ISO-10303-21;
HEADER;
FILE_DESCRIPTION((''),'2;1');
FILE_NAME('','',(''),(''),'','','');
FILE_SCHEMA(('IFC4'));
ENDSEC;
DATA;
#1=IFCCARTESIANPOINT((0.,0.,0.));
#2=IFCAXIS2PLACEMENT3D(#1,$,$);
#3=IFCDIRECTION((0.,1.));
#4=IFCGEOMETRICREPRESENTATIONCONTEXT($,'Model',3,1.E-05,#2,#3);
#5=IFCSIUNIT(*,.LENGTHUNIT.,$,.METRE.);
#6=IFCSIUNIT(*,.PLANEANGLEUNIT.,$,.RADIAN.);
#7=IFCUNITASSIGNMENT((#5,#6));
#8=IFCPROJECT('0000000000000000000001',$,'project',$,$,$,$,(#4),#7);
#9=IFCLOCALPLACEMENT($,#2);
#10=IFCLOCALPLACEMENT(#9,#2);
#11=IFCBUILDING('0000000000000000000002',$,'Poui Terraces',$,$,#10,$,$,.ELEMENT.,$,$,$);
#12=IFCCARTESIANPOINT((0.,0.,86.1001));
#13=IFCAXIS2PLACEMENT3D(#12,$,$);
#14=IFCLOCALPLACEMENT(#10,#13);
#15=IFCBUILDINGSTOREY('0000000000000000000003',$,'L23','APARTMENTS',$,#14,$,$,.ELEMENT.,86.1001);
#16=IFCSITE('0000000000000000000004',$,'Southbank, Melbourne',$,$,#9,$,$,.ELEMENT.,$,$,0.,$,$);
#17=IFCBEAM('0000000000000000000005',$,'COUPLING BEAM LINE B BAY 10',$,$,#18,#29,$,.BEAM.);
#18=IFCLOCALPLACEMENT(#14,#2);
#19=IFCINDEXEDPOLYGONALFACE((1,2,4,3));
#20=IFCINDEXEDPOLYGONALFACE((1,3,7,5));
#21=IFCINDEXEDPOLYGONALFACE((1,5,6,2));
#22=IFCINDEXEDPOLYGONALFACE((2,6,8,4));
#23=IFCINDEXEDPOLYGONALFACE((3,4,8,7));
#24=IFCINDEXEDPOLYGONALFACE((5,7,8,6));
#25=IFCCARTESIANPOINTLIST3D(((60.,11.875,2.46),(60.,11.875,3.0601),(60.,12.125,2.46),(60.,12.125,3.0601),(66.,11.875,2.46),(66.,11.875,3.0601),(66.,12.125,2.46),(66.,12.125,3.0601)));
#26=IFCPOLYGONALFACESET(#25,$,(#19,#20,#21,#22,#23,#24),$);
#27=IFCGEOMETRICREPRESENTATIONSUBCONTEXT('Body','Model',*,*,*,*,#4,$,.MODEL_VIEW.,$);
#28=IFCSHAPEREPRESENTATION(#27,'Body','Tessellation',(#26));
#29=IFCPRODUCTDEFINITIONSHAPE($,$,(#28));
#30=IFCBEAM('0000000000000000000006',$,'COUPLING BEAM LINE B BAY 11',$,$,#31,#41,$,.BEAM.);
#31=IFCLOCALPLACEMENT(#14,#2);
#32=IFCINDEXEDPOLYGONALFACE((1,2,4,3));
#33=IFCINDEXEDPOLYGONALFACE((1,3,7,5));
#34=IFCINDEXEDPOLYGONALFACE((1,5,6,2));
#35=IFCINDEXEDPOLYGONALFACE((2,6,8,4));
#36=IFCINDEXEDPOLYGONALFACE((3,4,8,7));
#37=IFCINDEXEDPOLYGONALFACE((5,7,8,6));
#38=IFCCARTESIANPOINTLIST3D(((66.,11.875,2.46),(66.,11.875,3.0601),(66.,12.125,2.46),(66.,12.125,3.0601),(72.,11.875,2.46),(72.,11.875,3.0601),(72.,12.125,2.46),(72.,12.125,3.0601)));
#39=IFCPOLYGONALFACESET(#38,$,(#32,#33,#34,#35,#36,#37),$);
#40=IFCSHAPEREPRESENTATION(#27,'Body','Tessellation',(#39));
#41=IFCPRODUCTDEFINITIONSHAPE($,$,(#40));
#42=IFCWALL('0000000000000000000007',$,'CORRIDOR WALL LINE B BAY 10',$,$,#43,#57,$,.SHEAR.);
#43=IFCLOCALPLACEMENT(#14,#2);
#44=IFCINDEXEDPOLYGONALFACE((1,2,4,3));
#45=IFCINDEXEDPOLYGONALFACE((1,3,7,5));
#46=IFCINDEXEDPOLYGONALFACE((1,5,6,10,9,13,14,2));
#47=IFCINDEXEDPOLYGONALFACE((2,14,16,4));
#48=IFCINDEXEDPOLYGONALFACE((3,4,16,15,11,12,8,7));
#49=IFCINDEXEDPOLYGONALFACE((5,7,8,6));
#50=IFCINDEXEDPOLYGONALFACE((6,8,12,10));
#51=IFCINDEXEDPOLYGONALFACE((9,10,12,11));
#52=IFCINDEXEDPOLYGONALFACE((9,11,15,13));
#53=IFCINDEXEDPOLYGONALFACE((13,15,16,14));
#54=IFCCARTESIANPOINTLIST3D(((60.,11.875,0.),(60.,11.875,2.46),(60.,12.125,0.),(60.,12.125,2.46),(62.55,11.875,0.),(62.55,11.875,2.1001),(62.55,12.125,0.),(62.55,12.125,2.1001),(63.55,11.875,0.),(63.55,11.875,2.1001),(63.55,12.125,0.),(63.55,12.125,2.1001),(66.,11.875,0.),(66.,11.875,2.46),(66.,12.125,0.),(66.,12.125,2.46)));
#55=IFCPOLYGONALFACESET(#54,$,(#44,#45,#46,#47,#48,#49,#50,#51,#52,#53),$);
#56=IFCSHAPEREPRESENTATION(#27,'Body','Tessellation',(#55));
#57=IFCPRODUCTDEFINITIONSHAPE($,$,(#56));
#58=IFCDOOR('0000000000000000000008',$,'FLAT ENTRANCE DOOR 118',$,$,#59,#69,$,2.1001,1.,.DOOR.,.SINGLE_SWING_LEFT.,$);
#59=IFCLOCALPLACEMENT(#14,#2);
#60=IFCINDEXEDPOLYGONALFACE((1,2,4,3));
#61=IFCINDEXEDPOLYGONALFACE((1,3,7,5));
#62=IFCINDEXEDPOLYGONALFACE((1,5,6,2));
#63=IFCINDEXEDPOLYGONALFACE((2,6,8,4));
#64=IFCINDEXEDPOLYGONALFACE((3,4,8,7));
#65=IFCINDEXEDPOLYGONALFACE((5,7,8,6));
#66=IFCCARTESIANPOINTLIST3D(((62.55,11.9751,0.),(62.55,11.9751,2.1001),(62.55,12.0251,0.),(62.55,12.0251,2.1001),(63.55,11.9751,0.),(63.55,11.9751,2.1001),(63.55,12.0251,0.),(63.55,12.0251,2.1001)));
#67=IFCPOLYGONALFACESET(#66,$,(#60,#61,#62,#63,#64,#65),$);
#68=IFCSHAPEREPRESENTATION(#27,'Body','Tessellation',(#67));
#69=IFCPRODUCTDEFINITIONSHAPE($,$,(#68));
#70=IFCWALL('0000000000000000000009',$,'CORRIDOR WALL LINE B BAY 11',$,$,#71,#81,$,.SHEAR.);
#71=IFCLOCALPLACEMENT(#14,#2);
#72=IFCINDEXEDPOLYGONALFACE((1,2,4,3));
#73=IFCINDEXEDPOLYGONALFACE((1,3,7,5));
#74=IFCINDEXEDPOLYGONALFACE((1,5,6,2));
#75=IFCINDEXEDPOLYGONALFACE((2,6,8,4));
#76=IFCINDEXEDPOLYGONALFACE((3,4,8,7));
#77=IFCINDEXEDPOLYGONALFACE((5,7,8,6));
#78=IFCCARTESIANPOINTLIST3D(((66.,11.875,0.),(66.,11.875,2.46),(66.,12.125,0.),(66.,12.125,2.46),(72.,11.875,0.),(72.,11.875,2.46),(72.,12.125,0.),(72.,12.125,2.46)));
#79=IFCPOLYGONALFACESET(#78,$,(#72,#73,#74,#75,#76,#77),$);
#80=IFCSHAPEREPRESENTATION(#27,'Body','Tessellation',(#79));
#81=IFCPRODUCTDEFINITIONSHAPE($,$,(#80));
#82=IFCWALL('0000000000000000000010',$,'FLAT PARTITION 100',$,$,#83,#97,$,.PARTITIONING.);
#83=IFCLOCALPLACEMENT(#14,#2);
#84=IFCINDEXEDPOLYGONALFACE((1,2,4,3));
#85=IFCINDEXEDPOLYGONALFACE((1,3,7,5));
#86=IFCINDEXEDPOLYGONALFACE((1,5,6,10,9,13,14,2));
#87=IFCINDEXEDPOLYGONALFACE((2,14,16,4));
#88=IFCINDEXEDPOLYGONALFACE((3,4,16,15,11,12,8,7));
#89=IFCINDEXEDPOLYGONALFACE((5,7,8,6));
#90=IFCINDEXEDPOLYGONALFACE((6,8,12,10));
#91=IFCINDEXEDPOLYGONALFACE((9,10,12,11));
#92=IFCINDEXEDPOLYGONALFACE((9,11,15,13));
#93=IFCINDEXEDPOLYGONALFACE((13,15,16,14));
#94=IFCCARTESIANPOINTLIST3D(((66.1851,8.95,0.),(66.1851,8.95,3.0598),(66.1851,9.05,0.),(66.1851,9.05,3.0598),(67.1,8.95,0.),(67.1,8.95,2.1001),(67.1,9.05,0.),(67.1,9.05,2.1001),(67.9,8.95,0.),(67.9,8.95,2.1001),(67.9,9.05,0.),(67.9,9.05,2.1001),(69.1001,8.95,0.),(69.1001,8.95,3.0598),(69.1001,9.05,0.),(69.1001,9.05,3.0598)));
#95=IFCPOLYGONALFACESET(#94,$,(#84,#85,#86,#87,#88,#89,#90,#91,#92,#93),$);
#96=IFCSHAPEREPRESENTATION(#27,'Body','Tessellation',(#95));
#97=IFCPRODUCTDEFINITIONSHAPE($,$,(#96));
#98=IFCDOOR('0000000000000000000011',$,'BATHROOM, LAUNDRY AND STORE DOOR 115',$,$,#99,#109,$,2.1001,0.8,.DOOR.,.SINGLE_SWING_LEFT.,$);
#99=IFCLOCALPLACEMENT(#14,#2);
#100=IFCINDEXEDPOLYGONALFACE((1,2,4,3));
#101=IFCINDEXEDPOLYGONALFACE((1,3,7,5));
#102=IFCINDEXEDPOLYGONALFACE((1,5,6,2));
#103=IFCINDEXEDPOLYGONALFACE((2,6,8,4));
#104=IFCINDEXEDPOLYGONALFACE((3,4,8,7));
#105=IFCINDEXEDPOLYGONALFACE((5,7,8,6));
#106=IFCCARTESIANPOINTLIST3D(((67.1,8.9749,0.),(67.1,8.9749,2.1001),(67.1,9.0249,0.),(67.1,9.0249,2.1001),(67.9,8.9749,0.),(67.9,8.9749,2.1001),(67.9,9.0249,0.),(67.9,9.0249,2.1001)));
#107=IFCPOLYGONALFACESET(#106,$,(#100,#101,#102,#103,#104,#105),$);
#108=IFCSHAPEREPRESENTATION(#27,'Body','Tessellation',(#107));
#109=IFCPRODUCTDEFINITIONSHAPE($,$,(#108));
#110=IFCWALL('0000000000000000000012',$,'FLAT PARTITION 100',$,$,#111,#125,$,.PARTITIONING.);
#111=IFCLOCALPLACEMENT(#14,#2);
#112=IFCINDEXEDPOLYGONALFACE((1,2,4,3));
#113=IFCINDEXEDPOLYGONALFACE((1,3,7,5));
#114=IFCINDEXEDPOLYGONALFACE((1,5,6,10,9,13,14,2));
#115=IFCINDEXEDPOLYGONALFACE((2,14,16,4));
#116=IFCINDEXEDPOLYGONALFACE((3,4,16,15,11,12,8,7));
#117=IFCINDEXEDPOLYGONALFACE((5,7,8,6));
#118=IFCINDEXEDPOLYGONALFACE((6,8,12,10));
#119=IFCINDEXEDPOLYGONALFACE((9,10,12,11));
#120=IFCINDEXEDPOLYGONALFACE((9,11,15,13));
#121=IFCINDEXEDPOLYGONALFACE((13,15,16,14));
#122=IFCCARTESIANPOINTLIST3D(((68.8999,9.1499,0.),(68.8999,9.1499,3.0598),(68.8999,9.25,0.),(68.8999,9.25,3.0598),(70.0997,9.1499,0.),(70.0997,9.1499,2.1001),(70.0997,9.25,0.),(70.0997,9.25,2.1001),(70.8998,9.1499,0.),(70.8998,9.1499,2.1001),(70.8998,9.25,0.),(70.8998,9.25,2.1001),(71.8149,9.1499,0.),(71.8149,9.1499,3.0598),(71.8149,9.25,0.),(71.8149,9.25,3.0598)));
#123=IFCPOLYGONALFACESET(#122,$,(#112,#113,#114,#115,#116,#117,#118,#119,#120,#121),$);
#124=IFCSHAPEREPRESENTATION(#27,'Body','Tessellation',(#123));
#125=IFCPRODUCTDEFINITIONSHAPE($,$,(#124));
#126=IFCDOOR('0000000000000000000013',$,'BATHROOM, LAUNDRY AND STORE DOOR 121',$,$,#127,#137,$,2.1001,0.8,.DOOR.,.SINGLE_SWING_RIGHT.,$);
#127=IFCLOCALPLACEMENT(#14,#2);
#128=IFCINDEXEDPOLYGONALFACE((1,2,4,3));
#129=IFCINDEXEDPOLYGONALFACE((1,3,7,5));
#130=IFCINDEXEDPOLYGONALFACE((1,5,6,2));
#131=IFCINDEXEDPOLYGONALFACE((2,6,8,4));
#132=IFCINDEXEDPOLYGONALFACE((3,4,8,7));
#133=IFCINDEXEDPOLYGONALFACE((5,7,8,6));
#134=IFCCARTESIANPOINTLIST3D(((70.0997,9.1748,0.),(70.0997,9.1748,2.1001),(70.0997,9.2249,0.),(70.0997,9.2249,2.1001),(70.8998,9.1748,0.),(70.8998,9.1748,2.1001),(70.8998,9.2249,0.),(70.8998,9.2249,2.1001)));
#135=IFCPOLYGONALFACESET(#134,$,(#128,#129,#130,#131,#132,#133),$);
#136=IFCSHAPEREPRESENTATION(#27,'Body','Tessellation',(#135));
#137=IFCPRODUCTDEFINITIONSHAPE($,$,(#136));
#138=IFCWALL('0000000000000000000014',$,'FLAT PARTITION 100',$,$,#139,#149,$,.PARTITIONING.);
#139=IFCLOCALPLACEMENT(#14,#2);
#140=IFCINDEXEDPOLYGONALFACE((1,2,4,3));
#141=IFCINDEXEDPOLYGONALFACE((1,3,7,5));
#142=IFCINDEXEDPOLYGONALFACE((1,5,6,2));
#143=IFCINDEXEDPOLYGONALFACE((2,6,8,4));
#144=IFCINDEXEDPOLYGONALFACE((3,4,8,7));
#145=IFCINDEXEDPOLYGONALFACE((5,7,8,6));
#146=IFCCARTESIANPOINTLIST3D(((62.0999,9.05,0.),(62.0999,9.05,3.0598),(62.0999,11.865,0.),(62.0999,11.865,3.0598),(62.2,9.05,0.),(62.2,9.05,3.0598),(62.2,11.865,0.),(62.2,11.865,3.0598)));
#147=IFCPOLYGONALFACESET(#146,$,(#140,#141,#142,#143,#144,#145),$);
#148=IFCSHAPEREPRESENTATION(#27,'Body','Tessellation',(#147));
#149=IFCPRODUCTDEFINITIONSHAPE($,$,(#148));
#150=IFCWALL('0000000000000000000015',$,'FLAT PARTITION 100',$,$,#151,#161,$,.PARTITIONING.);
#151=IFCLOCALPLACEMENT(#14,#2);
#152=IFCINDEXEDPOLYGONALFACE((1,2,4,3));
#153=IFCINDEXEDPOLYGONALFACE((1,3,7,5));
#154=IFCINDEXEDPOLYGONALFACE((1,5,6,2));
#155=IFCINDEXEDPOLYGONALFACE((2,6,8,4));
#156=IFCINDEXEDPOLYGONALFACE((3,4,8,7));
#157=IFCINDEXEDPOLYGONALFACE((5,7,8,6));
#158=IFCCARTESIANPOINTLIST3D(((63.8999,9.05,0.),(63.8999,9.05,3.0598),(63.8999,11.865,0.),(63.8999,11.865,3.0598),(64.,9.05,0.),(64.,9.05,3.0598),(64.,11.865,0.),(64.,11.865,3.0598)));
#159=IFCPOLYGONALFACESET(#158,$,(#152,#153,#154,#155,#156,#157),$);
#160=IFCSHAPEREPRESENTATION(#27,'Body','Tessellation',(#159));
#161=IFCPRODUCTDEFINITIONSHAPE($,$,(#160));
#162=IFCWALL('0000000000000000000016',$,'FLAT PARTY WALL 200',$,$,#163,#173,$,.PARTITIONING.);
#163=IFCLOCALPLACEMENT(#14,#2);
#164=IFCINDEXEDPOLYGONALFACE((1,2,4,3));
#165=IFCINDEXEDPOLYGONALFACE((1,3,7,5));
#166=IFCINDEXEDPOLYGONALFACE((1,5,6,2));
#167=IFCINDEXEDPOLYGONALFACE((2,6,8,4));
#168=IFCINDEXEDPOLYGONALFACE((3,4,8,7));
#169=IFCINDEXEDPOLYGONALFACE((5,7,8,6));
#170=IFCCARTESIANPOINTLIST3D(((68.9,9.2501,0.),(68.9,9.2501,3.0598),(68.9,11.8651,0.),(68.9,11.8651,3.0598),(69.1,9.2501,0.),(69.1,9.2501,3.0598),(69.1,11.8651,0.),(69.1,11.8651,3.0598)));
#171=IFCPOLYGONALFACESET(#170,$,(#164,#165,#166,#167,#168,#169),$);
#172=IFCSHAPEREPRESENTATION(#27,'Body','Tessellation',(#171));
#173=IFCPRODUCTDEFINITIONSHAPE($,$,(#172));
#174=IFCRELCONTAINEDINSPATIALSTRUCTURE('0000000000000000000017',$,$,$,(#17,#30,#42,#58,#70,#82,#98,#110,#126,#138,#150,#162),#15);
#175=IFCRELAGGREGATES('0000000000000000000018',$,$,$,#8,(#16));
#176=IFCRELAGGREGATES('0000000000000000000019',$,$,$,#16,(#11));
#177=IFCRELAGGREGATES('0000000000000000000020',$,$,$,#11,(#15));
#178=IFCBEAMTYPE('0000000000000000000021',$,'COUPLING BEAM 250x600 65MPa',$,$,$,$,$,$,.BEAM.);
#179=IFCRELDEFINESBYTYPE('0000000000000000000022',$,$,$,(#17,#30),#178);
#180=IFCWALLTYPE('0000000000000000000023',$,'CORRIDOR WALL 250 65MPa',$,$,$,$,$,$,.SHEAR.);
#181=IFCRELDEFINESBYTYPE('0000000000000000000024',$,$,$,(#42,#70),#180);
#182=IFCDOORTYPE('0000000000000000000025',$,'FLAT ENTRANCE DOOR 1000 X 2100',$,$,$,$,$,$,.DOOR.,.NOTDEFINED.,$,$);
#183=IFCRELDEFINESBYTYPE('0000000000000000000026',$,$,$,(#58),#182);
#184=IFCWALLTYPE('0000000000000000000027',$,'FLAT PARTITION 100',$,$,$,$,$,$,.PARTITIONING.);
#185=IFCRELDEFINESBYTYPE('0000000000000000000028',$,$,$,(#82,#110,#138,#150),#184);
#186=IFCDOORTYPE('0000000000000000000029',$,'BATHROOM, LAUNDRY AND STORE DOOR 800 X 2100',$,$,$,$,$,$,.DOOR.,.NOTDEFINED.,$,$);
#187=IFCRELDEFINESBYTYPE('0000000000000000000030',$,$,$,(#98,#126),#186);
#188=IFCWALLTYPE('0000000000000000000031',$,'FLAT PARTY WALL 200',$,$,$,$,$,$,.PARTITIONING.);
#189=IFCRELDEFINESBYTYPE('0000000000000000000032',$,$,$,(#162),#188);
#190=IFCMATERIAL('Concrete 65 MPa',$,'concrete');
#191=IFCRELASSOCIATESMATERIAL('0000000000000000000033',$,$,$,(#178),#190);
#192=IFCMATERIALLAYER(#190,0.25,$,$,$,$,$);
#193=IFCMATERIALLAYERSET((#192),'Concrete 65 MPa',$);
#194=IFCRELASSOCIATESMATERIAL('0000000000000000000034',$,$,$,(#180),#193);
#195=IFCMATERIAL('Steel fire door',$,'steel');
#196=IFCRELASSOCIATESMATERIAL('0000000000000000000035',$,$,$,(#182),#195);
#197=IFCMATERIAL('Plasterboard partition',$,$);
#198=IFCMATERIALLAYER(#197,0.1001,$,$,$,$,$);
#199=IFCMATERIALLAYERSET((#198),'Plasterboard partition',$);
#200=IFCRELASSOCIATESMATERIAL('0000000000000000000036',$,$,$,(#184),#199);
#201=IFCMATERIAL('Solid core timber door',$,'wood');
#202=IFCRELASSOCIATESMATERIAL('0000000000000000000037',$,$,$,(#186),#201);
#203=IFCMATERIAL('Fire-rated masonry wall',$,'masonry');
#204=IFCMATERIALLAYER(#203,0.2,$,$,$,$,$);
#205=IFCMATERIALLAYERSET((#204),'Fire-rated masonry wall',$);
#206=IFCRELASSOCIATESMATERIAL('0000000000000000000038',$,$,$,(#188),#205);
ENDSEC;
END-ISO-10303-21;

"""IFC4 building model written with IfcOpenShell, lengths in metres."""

from ifc_helpers import new_model, si_unit, direction, frame, frame_2d, origin, origin_2d, place, context, subcontext, project, spatial, rectangle, extrude, source, transform, mapped, material, layer, layer_set, material_profile, profile_set, type_object, element, fill, save


model = new_model("IFC4")

# Units and contexts
model_context = context("Model", 3, precision=1e-05, world=origin(), true_north=direction((0.0, 1.0)))
body_context = subcontext(model_context, "Body", "Model", "MODEL_VIEW")
ifc_project = project(units=[si_unit("LENGTHUNIT", "METRE"), si_unit("PLANEANGLEUNIT", "RADIAN")], contexts=[model_context])

# Site, building, storey
site_placement = place(None, origin())
site = spatial("IfcSite", under=ifc_project, at=site_placement, Name="Southbank, Melbourne", CompositionType="ELEMENT", RefElevation=0.0)
building_placement = place(site_placement, origin())
building = spatial("IfcBuilding", under=site, at=building_placement, Name="Poui Terraces", CompositionType="ELEMENT")
storey_placement = place(building_placement, frame((0.0, 0.0, 86.1001)))
storey = spatial("IfcBuildingStorey", under=building, at=storey_placement, Name="L23", Description="APARTMENTS", CompositionType="ELEMENT", Elevation=86.1001)

# Beams
ifc_material_1 = material(Name="Concrete 65 MPa", Category="concrete")
ifc_material_profile = material_profile(ifc_material_1, rectangle(XDim=0.25, YDim=0.6001, at=origin_2d()), Name="RC 250x600")
ifc_profile_set = profile_set([ifc_material_profile], Name="Concrete 65 MPa")
beam_type = type_object("IfcBeamType", Name="COUPLING BEAM 250x600 65MPa", PredefinedType="BEAM", material=ifc_profile_set)
shared_shape = source(origin(), body_context, "Body", "SweptSolid", [
    extrude(rectangle(XDim=0.25, YDim=0.6001, at=origin_2d()), origin(), (0.0, 0.0, 1.0), 6.0),
])
for number, where, z_axis, x_axis, name in (
    (1, (60.0, 12.0, 2.76), (1.0, 0.0, 0.0), (0.0, 1.0, 0.0), "COUPLING BEAM LINE B BAY 10"),
    (2, (66.0, 12.0, 2.76), (1.0, 0.0, 0.0), (0.0, 1.0, 0.0), "COUPLING BEAM LINE B BAY 11"),
):
    element("IfcBeam", number, at=place(storey_placement, frame(where, z_axis=z_axis, x_axis=x_axis)), inside=storey, type_object=beam_type, Name=name, PredefinedType="BEAM", context=body_context, shape_type="MappedRepresentation", body=[
        mapped(shared_shape, transform((0.0, 0.0, 0.0))),
    ])

# Wall, opening, door
ifc_layer_1 = layer(ifc_material_1, 0.25)
ifc_layer_set_1 = layer_set([ifc_layer_1], Name="Concrete 65 MPa")
wall_type_1 = type_object("IfcWallType", Name="CORRIDOR WALL 250 65MPa", PredefinedType="SHEAR", material=ifc_layer_set_1)
wall_1_placement = place(storey_placement, frame((60.0, 12.0, 0.0), z_axis=(0.0, 0.0, 1.0), x_axis=(1.0, 0.0, 0.0)))
wall_1 = element("IfcWall", 3, at=wall_1_placement, inside=storey, type_object=wall_type_1, Name="CORRIDOR WALL LINE B BAY 10", PredefinedType="SHEAR", context=body_context, shape_type="SweptSolid", body=[
    extrude(rectangle(XDim=6.0, YDim=0.25, at=frame_2d((3.0, 0.0))), origin(), (0.0, 0.0, 1.0), 2.46),
])
opening_1_placement = place(wall_1_placement, frame((2.55, 0.0, 0.0)))
opening_1 = element("IfcOpeningElement", 4, at=opening_1_placement, cuts=wall_1, PredefinedType="OPENING", context=body_context, shape_type="SweptSolid", body=[
    extrude(rectangle(XDim=1.0, YDim=2.1001, at=frame_2d((0.5, 1.05))), frame((0.0, 0.135, 0.0), z_axis=(0.0, -1.0, 0.0), x_axis=(1.0, 0.0, 0.0)), (0.0, 0.0, 1.0), 0.27),
])
ifc_material_2 = material(Name="Steel fire door", Category="steel")
door_type_1 = type_object("IfcDoorType", Name="FLAT ENTRANCE DOOR 1000 X 2100", OperationType="NOTDEFINED", PredefinedType="DOOR", material=ifc_material_2)
door_1_placement = place(opening_1_placement, frame((1.0, 0.0, 0.0), z_axis=(0.0, 0.0, 1.0), x_axis=(-1.0, 0.0, 0.0)))
door_1 = element("IfcDoor", 5, at=door_1_placement, inside=storey, type_object=door_type_1, Name="FLAT ENTRANCE DOOR 118", OperationType="SINGLE_SWING_LEFT", OverallHeight=2.1001, OverallWidth=1.0, PredefinedType="DOOR", context=body_context, shape_type="SweptSolid", body=[
    extrude(rectangle(XDim=1.0, YDim=2.1001, at=frame_2d((0.5, 1.05))), frame((0.0, 0.0249, 0.0), z_axis=(0.0, -1.0, 0.0), x_axis=(1.0, 0.0, 0.0)), (0.0, 0.0, 1.0), 0.05),
])
fill(opening_1, door_1)

# Wall
wall_2_placement = place(storey_placement, frame((66.0, 12.0, 0.0), z_axis=(0.0, 0.0, 1.0), x_axis=(1.0, 0.0, 0.0)))
element("IfcWall", 6, at=wall_2_placement, inside=storey, type_object=wall_type_1, Name="CORRIDOR WALL LINE B BAY 11", PredefinedType="SHEAR", context=body_context, shape_type="SweptSolid", body=[
    extrude(rectangle(XDim=6.0, YDim=0.25, at=frame_2d((3.0, 0.0))), origin(), (0.0, 0.0, 1.0), 2.46),
])

# Walls, openings, doors
ifc_material_3 = material(Name="Plasterboard partition")
ifc_layer_2 = layer(ifc_material_3, 0.1001)
ifc_layer_set_2 = layer_set([ifc_layer_2], Name="Plasterboard partition")
wall_type_2 = type_object("IfcWallType", Name="FLAT PARTITION 100", PredefinedType="PARTITIONING", material=ifc_layer_set_2)
wall_3_placement = place(storey_placement, frame((66.1851, 9.0, 0.0), z_axis=(0.0, 0.0, 1.0), x_axis=(1.0, 0.0, 0.0)))
wall_3 = element("IfcWall", 7, at=wall_3_placement, inside=storey, type_object=wall_type_2, Name="FLAT PARTITION 100", PredefinedType="PARTITIONING", context=body_context, shape_type="SweptSolid", body=[
    extrude(rectangle(XDim=2.915, YDim=0.1001, at=frame_2d((1.4575, 0.0))), origin(), (0.0, 0.0, 1.0), 3.0598),
])
opening_2_placement = place(wall_3_placement, frame((0.915, 0.0, 0.0)))
opening_2 = element("IfcOpeningElement", 8, at=opening_2_placement, cuts=wall_3, PredefinedType="OPENING", context=body_context, shape_type="SweptSolid", body=[
    extrude(rectangle(XDim=0.8, YDim=2.1001, at=frame_2d((0.3999, 1.05))), frame((0.0, 0.0601, 0.0), z_axis=(0.0, -1.0, 0.0), x_axis=(1.0, 0.0, 0.0)), (0.0, 0.0, 1.0), 0.1201),
])
ifc_material_4 = material(Name="Solid core timber door", Category="wood")
door_type_2 = type_object("IfcDoorType", Name="BATHROOM, LAUNDRY AND STORE DOOR 800 X 2100", OperationType="NOTDEFINED", PredefinedType="DOOR", material=ifc_material_4)
door_2_placement = place(opening_2_placement, origin())
door_2 = element("IfcDoor", 9, at=door_2_placement, inside=storey, type_object=door_type_2, Name="BATHROOM, LAUNDRY AND STORE DOOR 115", OperationType="SINGLE_SWING_LEFT", OverallHeight=2.1001, OverallWidth=0.8, PredefinedType="DOOR", context=body_context, shape_type="SweptSolid", body=[
    extrude(rectangle(XDim=0.8, YDim=2.1001, at=frame_2d((0.3999, 1.05))), frame((0.0, 0.0249, 0.0), z_axis=(0.0, -1.0, 0.0), x_axis=(1.0, 0.0, 0.0)), (0.0, 0.0, 1.0), 0.05),
])
fill(opening_2, door_2)
wall_4_placement = place(storey_placement, frame((68.8999, 9.2, 0.0), z_axis=(0.0, 0.0, 1.0), x_axis=(1.0, 0.0, 0.0)))
wall_4 = element("IfcWall", 10, at=wall_4_placement, inside=storey, type_object=wall_type_2, Name="FLAT PARTITION 100", PredefinedType="PARTITIONING", context=body_context, shape_type="SweptSolid", body=[
    extrude(rectangle(XDim=2.915, YDim=0.1001, at=frame_2d((1.4575, 0.0))), origin(), (0.0, 0.0, 1.0), 3.0598),
])
opening_3_placement = place(wall_4_placement, frame((1.2, 0.0, 0.0)))
opening_3 = element("IfcOpeningElement", 11, at=opening_3_placement, cuts=wall_4, PredefinedType="OPENING", context=body_context, shape_type="SweptSolid", body=[
    extrude(rectangle(XDim=0.8, YDim=2.1001, at=frame_2d((0.3999, 1.05))), frame((0.0, 0.0601, 0.0), z_axis=(0.0, -1.0, 0.0), x_axis=(1.0, 0.0, 0.0)), (0.0, 0.0, 1.0), 0.1201),
])
door_3_placement = place(opening_3_placement, origin())
door_3 = element("IfcDoor", 12, at=door_3_placement, inside=storey, type_object=door_type_2, Name="BATHROOM, LAUNDRY AND STORE DOOR 121", OperationType="SINGLE_SWING_RIGHT", OverallHeight=2.1001, OverallWidth=0.8, PredefinedType="DOOR", context=body_context, shape_type="SweptSolid", body=[
    extrude(rectangle(XDim=0.8, YDim=2.1001, at=frame_2d((0.3999, 1.05))), frame((0.0, 0.0249, 0.0), z_axis=(0.0, -1.0, 0.0), x_axis=(1.0, 0.0, 0.0)), (0.0, 0.0, 1.0), 0.05),
])
fill(opening_3, door_3)

# Walls
for number, where, z_axis, x_axis, name in (
    (13, (62.1499, 9.05, 0.0), (0.0, 0.0, 1.0), (0.0, 1.0, 0.0), "FLAT PARTITION 100"),
    (14, (63.95, 9.05, 0.0), (0.0, 0.0, 1.0), (0.0, 1.0, 0.0), "FLAT PARTITION 100"),
):
    element("IfcWall", number, at=place(storey_placement, frame(where, z_axis=z_axis, x_axis=x_axis)), inside=storey, type_object=wall_type_2, Name=name, PredefinedType="PARTITIONING", context=body_context, shape_type="SweptSolid", body=[
        extrude(rectangle(XDim=2.8149, YDim=0.1001, at=frame_2d((1.4075, 0.0))), origin(), (0.0, 0.0, 1.0), 3.0598),
    ])
ifc_material_5 = material(Name="Fire-rated masonry wall", Category="masonry")
ifc_layer_3 = layer(ifc_material_5, 0.2)
ifc_layer_set_3 = layer_set([ifc_layer_3], Name="Fire-rated masonry wall")
wall_type_3 = type_object("IfcWallType", Name="FLAT PARTY WALL 200", PredefinedType="PARTITIONING", material=ifc_layer_set_3)
wall_5_placement = place(storey_placement, frame((69.0, 9.25, 0.0), z_axis=(0.0, 0.0, 1.0), x_axis=(0.0, 1.0, 0.0)))
element("IfcWall", 15, at=wall_5_placement, inside=storey, type_object=wall_type_3, Name="FLAT PARTY WALL 200", PredefinedType="PARTITIONING", context=body_context, shape_type="SweptSolid", body=[
    extrude(rectangle(XDim=2.615, YDim=0.2, at=frame_2d((1.3076, 0.0))), origin(), (0.0, 0.0, 1.0), 3.0598),
])

save(model, "model.ifc")
